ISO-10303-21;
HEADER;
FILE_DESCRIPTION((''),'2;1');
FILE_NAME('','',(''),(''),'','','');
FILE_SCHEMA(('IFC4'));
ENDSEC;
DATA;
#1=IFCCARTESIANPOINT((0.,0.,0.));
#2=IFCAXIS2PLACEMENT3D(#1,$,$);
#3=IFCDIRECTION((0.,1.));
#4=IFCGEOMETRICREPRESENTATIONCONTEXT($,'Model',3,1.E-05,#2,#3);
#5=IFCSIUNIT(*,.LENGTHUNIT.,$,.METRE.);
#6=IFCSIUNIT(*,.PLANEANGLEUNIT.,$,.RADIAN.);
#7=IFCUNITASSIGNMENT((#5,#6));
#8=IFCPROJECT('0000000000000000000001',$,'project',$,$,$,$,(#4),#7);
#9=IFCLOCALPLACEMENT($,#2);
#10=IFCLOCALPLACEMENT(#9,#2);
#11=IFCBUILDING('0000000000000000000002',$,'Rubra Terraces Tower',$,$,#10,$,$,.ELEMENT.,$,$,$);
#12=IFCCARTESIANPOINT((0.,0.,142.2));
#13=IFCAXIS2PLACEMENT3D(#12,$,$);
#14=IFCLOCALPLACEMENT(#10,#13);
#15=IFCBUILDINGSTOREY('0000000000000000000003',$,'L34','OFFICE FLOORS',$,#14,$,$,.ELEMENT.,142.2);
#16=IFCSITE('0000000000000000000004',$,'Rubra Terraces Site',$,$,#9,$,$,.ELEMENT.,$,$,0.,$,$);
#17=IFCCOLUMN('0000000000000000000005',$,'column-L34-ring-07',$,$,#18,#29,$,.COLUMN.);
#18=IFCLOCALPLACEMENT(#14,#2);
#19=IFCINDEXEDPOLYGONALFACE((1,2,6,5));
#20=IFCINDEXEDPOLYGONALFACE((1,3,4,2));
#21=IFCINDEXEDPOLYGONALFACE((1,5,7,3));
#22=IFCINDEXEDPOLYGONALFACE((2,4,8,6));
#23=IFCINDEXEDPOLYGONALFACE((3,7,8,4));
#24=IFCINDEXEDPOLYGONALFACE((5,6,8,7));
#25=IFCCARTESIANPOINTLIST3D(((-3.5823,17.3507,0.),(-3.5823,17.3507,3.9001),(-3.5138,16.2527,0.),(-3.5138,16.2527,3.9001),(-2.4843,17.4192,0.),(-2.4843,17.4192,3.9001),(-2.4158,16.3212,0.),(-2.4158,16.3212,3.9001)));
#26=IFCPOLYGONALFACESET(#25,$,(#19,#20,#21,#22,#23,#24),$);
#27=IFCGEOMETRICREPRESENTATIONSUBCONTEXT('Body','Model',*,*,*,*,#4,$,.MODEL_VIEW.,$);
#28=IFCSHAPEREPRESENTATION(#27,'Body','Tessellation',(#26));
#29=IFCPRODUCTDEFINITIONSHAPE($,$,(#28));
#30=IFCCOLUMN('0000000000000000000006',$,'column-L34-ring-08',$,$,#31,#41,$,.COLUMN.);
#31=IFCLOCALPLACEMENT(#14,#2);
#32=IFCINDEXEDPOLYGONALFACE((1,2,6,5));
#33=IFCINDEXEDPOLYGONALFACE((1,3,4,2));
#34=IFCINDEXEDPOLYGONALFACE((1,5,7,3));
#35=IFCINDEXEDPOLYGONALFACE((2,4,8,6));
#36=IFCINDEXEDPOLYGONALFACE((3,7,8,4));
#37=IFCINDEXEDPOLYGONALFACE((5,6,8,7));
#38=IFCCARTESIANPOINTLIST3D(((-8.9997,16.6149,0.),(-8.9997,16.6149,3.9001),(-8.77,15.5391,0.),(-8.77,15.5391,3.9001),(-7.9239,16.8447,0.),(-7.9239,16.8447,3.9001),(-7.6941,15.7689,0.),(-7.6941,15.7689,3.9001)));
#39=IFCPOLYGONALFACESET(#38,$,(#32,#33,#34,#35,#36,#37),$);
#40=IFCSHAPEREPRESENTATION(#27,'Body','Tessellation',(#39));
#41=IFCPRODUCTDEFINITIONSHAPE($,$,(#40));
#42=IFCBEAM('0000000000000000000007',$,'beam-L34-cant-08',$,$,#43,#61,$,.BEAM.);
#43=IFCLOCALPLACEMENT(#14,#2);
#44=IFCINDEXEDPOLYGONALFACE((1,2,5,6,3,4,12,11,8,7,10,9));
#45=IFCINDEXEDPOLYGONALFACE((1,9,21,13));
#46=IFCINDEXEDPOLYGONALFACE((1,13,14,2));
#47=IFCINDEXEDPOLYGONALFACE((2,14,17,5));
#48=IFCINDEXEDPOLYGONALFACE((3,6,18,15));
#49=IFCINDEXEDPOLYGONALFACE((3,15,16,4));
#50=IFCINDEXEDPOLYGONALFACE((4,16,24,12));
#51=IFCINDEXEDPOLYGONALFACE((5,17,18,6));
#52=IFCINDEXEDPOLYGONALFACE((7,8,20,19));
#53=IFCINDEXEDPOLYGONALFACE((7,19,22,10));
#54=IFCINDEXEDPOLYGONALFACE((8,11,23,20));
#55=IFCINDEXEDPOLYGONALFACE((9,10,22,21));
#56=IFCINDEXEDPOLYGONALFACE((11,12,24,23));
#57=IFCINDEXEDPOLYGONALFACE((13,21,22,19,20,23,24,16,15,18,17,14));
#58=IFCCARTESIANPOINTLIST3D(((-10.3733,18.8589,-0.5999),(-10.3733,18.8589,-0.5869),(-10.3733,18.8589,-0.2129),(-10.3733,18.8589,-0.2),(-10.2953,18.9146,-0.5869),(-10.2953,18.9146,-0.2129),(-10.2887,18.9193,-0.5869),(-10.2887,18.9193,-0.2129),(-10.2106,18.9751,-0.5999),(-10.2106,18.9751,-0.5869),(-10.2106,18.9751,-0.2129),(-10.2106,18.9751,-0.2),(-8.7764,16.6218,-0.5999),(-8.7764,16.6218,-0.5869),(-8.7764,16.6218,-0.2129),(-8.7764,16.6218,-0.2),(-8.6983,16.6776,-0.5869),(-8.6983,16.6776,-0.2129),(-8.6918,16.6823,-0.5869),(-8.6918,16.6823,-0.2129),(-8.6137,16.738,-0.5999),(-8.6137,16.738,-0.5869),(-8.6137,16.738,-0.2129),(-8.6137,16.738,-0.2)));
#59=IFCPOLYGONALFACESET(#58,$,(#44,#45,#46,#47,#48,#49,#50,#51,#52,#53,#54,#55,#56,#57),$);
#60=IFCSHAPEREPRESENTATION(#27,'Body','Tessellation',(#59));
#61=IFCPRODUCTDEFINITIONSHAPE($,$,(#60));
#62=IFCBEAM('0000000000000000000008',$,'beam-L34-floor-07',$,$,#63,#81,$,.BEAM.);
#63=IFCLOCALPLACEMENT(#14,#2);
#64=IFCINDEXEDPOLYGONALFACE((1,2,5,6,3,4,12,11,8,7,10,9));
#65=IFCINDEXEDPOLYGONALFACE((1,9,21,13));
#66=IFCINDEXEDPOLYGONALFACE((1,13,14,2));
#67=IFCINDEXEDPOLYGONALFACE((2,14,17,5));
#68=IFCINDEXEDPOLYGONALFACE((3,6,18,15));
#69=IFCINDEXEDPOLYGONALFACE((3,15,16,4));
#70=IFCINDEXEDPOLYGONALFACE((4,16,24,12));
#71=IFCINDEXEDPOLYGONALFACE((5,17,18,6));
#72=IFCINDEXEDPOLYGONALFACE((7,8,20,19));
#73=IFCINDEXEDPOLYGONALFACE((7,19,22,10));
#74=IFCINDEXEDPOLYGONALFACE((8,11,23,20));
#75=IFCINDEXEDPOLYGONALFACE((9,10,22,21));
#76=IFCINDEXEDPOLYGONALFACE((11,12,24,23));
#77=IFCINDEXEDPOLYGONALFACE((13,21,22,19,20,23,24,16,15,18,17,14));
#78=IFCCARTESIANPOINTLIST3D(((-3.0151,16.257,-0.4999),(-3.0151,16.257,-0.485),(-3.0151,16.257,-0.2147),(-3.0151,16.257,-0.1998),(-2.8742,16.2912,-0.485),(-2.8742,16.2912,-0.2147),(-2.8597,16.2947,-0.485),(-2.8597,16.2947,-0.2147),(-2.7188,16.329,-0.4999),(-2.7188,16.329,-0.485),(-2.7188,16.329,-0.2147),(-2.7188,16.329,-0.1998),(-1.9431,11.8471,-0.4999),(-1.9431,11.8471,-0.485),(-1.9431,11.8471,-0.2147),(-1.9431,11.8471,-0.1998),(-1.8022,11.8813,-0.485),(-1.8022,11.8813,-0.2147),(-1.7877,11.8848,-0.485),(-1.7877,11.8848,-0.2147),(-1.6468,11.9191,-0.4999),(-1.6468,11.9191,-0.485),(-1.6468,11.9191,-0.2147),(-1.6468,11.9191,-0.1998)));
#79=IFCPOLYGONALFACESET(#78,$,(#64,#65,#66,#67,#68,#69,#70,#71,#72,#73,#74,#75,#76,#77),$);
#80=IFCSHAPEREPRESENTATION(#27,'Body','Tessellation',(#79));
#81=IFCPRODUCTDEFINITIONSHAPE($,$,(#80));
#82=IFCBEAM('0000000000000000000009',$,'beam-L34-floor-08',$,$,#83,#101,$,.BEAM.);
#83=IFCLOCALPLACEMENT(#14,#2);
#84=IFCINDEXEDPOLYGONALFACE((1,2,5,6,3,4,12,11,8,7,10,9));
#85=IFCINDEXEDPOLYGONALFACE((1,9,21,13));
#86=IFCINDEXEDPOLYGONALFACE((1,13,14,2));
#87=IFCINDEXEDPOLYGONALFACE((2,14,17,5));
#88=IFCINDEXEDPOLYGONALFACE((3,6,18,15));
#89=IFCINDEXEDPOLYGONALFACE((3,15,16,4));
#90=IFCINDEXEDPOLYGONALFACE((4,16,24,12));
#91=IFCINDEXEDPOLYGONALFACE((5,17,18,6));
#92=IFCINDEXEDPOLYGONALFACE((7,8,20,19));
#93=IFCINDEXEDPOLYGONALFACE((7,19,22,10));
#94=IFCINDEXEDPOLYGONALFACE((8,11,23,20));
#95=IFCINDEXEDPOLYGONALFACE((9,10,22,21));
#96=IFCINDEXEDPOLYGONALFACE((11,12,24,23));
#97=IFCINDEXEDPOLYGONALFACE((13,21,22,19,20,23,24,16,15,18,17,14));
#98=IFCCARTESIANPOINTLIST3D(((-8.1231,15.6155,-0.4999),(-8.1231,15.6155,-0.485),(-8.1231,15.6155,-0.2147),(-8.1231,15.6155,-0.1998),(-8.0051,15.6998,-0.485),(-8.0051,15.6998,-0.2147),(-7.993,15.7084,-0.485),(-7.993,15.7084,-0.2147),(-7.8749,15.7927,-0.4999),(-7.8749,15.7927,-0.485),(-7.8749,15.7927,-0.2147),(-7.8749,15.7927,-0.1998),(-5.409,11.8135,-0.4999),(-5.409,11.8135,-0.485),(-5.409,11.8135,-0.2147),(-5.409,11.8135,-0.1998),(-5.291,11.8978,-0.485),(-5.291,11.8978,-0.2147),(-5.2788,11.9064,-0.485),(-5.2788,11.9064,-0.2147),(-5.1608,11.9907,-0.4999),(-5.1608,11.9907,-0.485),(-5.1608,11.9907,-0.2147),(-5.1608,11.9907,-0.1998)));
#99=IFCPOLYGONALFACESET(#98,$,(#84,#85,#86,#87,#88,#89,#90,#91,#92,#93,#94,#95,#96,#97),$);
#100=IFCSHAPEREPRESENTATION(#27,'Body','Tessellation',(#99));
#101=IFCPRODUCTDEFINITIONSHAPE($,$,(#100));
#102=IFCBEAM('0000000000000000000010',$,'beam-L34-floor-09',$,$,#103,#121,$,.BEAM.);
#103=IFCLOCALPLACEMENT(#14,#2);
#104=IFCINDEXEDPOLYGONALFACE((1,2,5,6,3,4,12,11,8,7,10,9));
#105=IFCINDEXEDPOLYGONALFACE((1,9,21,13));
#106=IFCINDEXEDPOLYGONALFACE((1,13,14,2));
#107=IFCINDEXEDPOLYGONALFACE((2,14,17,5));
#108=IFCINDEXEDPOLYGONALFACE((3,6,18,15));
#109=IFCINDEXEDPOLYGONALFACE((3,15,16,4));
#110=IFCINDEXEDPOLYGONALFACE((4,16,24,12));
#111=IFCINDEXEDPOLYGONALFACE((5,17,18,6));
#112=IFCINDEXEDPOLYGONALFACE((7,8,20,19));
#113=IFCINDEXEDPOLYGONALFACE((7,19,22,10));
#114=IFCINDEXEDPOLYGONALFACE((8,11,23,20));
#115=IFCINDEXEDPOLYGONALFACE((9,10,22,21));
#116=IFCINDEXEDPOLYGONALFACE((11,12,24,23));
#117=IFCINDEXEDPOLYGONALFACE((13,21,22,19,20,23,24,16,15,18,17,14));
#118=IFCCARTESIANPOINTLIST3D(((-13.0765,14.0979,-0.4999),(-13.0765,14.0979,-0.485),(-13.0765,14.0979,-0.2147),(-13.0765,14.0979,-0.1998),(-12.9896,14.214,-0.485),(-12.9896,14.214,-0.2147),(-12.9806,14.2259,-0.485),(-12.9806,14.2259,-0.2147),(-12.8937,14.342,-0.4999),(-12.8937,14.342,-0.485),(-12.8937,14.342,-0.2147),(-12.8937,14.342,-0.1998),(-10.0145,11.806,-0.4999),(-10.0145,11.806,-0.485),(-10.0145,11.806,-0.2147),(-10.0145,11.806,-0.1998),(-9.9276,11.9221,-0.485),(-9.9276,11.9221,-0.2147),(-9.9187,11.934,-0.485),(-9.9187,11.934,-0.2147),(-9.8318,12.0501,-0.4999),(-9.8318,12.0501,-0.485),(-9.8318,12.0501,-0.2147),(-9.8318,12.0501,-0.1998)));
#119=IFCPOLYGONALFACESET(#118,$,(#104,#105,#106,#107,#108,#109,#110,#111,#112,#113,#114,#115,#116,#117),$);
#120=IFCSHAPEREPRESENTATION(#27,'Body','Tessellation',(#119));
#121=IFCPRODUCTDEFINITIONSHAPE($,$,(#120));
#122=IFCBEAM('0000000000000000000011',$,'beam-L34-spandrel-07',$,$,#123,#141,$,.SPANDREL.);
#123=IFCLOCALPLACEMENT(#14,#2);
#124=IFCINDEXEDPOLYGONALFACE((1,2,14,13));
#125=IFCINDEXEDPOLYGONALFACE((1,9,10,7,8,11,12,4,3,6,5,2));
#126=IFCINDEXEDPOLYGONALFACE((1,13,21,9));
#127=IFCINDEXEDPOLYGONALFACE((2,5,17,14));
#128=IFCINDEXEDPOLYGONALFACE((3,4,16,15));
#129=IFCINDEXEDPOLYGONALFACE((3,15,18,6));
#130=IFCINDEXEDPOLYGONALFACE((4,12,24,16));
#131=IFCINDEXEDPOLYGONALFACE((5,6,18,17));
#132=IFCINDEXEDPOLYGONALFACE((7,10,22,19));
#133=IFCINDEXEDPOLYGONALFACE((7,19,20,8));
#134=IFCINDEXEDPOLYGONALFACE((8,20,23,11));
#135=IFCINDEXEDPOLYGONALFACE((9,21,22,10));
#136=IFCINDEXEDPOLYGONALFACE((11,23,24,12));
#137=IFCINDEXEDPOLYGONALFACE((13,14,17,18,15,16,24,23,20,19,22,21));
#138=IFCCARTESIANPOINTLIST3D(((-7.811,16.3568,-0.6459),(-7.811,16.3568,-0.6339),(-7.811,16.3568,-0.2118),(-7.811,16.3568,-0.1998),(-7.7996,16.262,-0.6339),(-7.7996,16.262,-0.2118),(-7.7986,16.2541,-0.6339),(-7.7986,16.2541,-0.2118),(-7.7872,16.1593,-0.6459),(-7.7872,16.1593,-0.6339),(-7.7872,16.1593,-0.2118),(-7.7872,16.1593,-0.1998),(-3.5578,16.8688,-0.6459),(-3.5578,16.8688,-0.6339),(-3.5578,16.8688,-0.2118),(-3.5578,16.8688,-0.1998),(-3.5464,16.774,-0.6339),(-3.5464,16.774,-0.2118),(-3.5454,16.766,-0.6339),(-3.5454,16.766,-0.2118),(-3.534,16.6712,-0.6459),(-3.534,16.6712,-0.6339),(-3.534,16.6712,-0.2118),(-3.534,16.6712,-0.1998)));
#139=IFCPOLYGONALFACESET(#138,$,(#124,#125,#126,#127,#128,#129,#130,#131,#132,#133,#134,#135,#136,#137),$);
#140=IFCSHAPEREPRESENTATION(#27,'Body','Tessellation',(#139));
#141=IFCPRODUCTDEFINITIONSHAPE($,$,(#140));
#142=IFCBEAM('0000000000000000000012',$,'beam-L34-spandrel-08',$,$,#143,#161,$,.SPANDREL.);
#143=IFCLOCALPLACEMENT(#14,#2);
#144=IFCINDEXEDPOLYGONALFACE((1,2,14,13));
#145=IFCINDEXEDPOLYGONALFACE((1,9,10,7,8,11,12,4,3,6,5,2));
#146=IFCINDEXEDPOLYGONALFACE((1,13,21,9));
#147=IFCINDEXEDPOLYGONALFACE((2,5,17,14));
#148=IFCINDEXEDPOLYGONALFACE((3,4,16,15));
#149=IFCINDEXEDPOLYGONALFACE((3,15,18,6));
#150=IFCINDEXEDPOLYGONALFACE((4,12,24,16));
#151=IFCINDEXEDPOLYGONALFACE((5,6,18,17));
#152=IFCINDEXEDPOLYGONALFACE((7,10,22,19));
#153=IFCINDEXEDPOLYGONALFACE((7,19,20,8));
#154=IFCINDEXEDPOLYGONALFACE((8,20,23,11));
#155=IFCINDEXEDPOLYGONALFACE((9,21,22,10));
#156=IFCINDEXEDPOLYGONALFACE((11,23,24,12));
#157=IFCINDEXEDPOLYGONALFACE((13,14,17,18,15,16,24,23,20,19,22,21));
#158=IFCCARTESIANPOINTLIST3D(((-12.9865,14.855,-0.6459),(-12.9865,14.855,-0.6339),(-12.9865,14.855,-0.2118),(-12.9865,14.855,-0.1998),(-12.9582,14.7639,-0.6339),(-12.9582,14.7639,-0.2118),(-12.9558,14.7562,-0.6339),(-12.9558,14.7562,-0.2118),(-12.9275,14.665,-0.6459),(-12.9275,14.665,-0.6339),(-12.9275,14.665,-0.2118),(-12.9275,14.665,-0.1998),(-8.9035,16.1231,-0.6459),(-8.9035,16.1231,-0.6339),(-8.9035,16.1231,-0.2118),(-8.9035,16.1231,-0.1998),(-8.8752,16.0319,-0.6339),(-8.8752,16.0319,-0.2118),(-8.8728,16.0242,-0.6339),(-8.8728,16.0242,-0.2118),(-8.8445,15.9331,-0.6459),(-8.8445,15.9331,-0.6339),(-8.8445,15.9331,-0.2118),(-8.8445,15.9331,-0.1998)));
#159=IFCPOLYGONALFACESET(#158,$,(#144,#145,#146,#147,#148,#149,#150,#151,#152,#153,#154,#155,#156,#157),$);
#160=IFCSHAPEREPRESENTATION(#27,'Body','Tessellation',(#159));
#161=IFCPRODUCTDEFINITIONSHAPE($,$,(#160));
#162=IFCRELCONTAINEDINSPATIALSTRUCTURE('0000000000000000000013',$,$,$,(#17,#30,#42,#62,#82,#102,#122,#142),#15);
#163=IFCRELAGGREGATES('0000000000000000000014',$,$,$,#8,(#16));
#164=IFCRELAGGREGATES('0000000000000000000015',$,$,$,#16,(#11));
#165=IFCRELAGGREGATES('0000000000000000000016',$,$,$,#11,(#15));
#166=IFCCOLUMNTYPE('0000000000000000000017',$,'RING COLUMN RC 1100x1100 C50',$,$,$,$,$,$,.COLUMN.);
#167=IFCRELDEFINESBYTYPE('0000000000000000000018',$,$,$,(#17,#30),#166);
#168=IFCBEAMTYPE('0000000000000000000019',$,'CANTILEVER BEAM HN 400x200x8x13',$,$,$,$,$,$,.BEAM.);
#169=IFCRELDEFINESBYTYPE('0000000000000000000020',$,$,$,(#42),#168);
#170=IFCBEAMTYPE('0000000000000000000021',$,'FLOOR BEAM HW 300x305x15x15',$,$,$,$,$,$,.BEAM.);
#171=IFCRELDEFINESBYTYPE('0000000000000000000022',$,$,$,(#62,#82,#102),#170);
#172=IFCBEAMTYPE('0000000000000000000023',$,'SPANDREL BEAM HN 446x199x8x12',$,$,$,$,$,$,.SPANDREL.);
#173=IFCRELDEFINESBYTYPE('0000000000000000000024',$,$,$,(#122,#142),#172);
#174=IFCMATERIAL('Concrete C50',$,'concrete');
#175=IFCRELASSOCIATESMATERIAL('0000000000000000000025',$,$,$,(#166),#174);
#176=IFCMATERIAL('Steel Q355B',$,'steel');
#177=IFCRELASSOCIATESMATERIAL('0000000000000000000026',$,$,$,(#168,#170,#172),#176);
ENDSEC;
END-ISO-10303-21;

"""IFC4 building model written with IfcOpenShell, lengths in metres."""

from ifc_helpers import new_model, si_unit, direction, frame, origin, origin_2d, place, context, subcontext, project, spatial, rectangle, i_section, extrude, material, material_profile, profile_set, type_object, element, save


model = new_model("IFC4")

# Units and contexts
model_context = context("Model", 3, precision=1e-05, world=origin(), true_north=direction((0.0, 1.0)))
body_context = subcontext(model_context, "Body", "Model", "MODEL_VIEW")
ifc_project = project(units=[si_unit("LENGTHUNIT", "METRE"), si_unit("PLANEANGLEUNIT", "RADIAN")], contexts=[model_context])

# Site, building, storey
site_placement = place(None, origin())
site = spatial("IfcSite", under=ifc_project, at=site_placement, Name="Rubra Terraces Site", CompositionType="ELEMENT", RefElevation=0.0)
building_placement = place(site_placement, origin())
building = spatial("IfcBuilding", under=site, at=building_placement, Name="Rubra Terraces Tower", CompositionType="ELEMENT")
storey_placement = place(building_placement, frame((0.0, 0.0, 142.2)))
storey = spatial("IfcBuildingStorey", under=building, at=storey_placement, Name="L34", Description="OFFICE FLOORS", CompositionType="ELEMENT", Elevation=142.2)

# Columns
ifc_material_1 = material(Name="Concrete C50", Category="concrete")
ifc_material_profile_1 = material_profile(ifc_material_1, rectangle(XDim=1.1001, YDim=1.1001, at=origin_2d()), Name="RC 1100x1100")
ifc_profile_set_1 = profile_set([ifc_material_profile_1], Name="Concrete C50")
column_type = type_object("IfcColumnType", Name="RING COLUMN RC 1100x1100 C50", PredefinedType="COLUMN", material=ifc_profile_set_1)
for number, where, z_axis, x_axis, name in (
    (1, (-2.999, 16.8359, 0.0), (0.0, 0.0, 1.0), (-0.998059, -0.062268, 0.0), "column-L34-ring-07"),
    (2, (-8.3469, 16.1919, 0.0), (0.0, 0.0, 1.0), (-0.977944, -0.208867, 0.0), "column-L34-ring-08"),
):
    element("IfcColumn", number, at=place(storey_placement, frame(where, z_axis=z_axis, x_axis=x_axis)), inside=storey, type_object=column_type, Name=name, PredefinedType="COLUMN", context=body_context, shape_type="SweptSolid", body=[
        extrude(rectangle(XDim=1.1001, YDim=1.1001, at=origin_2d()), origin(), (0.0, 0.0, 1.0), 3.9001),
    ])

# Beams
ifc_material_2 = material(Name="Steel Q355B", Category="steel")
ifc_material_profile_2 = material_profile(ifc_material_2, i_section(OverallWidth=0.2, OverallDepth=0.3999, WebThickness=0.0081, FlangeThickness=0.0129, at=origin_2d()), Name="HN 400x200x8x13")
ifc_profile_set_2 = profile_set([ifc_material_profile_2], Name="Steel Q355B")
beam_type_1 = type_object("IfcBeamType", Name="CANTILEVER BEAM HN 400x200x8x13", PredefinedType="BEAM", material=ifc_profile_set_2)
beam_1_placement = place(storey_placement, frame((-8.6951, 16.6799, -0.3999), z_axis=(-0.581003, 0.813901, 0.0), x_axis=(-0.813901, -0.581003, 0.0)))
element("IfcBeam", 3, at=beam_1_placement, inside=storey, type_object=beam_type_1, Name="beam-L34-cant-08", PredefinedType="BEAM", context=body_context, shape_type="SweptSolid", body=[
    extrude(i_section(OverallWidth=0.2, OverallDepth=0.3999, WebThickness=0.0081, FlangeThickness=0.0129, at=origin_2d()), origin(), (0.0, 0.0, 1.0), 2.7485),
])
ifc_material_profile_3 = material_profile(ifc_material_2, i_section(OverallWidth=0.3049, OverallDepth=0.3, WebThickness=0.0149, FlangeThickness=0.0149, at=origin_2d()), Name="HW 300x305x15x15")
ifc_profile_set_3 = profile_set([ifc_material_profile_3], Name="Steel Q355B")
beam_type_2 = type_object("IfcBeamType", Name="FLOOR BEAM HW 300x305x15x15", PredefinedType="BEAM", material=ifc_profile_set_3)
beam_2_placement = place(storey_placement, frame((-2.8669, 16.293, -0.3499), z_axis=(0.236214, -0.971701, 0.0), x_axis=(0.971701, 0.236214, 0.0)))
element("IfcBeam", 4, at=beam_2_placement, inside=storey, type_object=beam_type_2, Name="beam-L34-floor-07", PredefinedType="BEAM", context=body_context, shape_type="SweptSolid", body=[
    extrude(i_section(OverallWidth=0.3049, OverallDepth=0.3, WebThickness=0.0149, FlangeThickness=0.0149, at=origin_2d()), origin(), (0.0, 0.0, 1.0), 4.5383),
])
beam_3_placement = place(storey_placement, frame((-7.999, 15.7041, -0.3499), z_axis=(0.581011, -0.813896, 0.0), x_axis=(0.813896, 0.581011, 0.0)))
element("IfcBeam", 5, at=beam_3_placement, inside=storey, type_object=beam_type_2, Name="beam-L34-floor-08", PredefinedType="BEAM", context=body_context, shape_type="SweptSolid", body=[
    extrude(i_section(OverallWidth=0.3049, OverallDepth=0.3, WebThickness=0.0149, FlangeThickness=0.0149, at=origin_2d()), origin(), (0.0, 0.0, 1.0), 4.6714),
])
beam_4_placement = place(storey_placement, frame((-12.9851, 14.22, -0.3499), z_axis=(0.800566, -0.599244, 0.0), x_axis=(0.599244, 0.800566, 0.0)))
element("IfcBeam", 6, at=beam_4_placement, inside=storey, type_object=beam_type_2, Name="beam-L34-floor-09", PredefinedType="BEAM", context=body_context, shape_type="SweptSolid", body=[
    extrude(i_section(OverallWidth=0.3049, OverallDepth=0.3, WebThickness=0.0149, FlangeThickness=0.0149, at=origin_2d()), origin(), (0.0, 0.0, 1.0), 3.8247),
])
ifc_material_profile_4 = material_profile(ifc_material_2, i_section(OverallWidth=0.199, OverallDepth=0.446, WebThickness=0.0081, FlangeThickness=0.012, at=origin_2d()), Name="HN 446x199x8x12")
ifc_profile_set_4 = profile_set([ifc_material_profile_4], Name="Steel Q355B")
beam_type_3 = type_object("IfcBeamType", Name="SPANDREL BEAM HN 446x199x8x12", PredefinedType="SPANDREL", material=ifc_profile_set_4)
beam_5_placement = place(storey_placement, frame((-3.5459, 16.77, -0.4229), z_axis=(-0.992833, -0.119509, 0.0), x_axis=(0.119509, -0.992833, 0.0)))
element("IfcBeam", 7, at=beam_5_placement, inside=storey, type_object=beam_type_3, Name="beam-L34-spandrel-07", PredefinedType="SPANDREL", context=body_context, shape_type="SweptSolid", body=[
    extrude(i_section(OverallWidth=0.199, OverallDepth=0.446, WebThickness=0.0081, FlangeThickness=0.012, at=origin_2d()), origin(), (0.0, 0.0, 1.0), 4.2839),
])
beam_6_placement = place(storey_placement, frame((-8.874, 16.0281, -0.4229), z_axis=(-0.955003, -0.296597, 0.0), x_axis=(0.296597, -0.955003, 0.0)))
element("IfcBeam", 8, at=beam_6_placement, inside=storey, type_object=beam_type_3, Name="beam-L34-spandrel-08", PredefinedType="SPANDREL", context=body_context, shape_type="SweptSolid", body=[
    extrude(i_section(OverallWidth=0.199, OverallDepth=0.446, WebThickness=0.0081, FlangeThickness=0.012, at=origin_2d()), origin(), (0.0, 0.0, 1.0), 4.2754),
])

save(model, "model.ifc")
